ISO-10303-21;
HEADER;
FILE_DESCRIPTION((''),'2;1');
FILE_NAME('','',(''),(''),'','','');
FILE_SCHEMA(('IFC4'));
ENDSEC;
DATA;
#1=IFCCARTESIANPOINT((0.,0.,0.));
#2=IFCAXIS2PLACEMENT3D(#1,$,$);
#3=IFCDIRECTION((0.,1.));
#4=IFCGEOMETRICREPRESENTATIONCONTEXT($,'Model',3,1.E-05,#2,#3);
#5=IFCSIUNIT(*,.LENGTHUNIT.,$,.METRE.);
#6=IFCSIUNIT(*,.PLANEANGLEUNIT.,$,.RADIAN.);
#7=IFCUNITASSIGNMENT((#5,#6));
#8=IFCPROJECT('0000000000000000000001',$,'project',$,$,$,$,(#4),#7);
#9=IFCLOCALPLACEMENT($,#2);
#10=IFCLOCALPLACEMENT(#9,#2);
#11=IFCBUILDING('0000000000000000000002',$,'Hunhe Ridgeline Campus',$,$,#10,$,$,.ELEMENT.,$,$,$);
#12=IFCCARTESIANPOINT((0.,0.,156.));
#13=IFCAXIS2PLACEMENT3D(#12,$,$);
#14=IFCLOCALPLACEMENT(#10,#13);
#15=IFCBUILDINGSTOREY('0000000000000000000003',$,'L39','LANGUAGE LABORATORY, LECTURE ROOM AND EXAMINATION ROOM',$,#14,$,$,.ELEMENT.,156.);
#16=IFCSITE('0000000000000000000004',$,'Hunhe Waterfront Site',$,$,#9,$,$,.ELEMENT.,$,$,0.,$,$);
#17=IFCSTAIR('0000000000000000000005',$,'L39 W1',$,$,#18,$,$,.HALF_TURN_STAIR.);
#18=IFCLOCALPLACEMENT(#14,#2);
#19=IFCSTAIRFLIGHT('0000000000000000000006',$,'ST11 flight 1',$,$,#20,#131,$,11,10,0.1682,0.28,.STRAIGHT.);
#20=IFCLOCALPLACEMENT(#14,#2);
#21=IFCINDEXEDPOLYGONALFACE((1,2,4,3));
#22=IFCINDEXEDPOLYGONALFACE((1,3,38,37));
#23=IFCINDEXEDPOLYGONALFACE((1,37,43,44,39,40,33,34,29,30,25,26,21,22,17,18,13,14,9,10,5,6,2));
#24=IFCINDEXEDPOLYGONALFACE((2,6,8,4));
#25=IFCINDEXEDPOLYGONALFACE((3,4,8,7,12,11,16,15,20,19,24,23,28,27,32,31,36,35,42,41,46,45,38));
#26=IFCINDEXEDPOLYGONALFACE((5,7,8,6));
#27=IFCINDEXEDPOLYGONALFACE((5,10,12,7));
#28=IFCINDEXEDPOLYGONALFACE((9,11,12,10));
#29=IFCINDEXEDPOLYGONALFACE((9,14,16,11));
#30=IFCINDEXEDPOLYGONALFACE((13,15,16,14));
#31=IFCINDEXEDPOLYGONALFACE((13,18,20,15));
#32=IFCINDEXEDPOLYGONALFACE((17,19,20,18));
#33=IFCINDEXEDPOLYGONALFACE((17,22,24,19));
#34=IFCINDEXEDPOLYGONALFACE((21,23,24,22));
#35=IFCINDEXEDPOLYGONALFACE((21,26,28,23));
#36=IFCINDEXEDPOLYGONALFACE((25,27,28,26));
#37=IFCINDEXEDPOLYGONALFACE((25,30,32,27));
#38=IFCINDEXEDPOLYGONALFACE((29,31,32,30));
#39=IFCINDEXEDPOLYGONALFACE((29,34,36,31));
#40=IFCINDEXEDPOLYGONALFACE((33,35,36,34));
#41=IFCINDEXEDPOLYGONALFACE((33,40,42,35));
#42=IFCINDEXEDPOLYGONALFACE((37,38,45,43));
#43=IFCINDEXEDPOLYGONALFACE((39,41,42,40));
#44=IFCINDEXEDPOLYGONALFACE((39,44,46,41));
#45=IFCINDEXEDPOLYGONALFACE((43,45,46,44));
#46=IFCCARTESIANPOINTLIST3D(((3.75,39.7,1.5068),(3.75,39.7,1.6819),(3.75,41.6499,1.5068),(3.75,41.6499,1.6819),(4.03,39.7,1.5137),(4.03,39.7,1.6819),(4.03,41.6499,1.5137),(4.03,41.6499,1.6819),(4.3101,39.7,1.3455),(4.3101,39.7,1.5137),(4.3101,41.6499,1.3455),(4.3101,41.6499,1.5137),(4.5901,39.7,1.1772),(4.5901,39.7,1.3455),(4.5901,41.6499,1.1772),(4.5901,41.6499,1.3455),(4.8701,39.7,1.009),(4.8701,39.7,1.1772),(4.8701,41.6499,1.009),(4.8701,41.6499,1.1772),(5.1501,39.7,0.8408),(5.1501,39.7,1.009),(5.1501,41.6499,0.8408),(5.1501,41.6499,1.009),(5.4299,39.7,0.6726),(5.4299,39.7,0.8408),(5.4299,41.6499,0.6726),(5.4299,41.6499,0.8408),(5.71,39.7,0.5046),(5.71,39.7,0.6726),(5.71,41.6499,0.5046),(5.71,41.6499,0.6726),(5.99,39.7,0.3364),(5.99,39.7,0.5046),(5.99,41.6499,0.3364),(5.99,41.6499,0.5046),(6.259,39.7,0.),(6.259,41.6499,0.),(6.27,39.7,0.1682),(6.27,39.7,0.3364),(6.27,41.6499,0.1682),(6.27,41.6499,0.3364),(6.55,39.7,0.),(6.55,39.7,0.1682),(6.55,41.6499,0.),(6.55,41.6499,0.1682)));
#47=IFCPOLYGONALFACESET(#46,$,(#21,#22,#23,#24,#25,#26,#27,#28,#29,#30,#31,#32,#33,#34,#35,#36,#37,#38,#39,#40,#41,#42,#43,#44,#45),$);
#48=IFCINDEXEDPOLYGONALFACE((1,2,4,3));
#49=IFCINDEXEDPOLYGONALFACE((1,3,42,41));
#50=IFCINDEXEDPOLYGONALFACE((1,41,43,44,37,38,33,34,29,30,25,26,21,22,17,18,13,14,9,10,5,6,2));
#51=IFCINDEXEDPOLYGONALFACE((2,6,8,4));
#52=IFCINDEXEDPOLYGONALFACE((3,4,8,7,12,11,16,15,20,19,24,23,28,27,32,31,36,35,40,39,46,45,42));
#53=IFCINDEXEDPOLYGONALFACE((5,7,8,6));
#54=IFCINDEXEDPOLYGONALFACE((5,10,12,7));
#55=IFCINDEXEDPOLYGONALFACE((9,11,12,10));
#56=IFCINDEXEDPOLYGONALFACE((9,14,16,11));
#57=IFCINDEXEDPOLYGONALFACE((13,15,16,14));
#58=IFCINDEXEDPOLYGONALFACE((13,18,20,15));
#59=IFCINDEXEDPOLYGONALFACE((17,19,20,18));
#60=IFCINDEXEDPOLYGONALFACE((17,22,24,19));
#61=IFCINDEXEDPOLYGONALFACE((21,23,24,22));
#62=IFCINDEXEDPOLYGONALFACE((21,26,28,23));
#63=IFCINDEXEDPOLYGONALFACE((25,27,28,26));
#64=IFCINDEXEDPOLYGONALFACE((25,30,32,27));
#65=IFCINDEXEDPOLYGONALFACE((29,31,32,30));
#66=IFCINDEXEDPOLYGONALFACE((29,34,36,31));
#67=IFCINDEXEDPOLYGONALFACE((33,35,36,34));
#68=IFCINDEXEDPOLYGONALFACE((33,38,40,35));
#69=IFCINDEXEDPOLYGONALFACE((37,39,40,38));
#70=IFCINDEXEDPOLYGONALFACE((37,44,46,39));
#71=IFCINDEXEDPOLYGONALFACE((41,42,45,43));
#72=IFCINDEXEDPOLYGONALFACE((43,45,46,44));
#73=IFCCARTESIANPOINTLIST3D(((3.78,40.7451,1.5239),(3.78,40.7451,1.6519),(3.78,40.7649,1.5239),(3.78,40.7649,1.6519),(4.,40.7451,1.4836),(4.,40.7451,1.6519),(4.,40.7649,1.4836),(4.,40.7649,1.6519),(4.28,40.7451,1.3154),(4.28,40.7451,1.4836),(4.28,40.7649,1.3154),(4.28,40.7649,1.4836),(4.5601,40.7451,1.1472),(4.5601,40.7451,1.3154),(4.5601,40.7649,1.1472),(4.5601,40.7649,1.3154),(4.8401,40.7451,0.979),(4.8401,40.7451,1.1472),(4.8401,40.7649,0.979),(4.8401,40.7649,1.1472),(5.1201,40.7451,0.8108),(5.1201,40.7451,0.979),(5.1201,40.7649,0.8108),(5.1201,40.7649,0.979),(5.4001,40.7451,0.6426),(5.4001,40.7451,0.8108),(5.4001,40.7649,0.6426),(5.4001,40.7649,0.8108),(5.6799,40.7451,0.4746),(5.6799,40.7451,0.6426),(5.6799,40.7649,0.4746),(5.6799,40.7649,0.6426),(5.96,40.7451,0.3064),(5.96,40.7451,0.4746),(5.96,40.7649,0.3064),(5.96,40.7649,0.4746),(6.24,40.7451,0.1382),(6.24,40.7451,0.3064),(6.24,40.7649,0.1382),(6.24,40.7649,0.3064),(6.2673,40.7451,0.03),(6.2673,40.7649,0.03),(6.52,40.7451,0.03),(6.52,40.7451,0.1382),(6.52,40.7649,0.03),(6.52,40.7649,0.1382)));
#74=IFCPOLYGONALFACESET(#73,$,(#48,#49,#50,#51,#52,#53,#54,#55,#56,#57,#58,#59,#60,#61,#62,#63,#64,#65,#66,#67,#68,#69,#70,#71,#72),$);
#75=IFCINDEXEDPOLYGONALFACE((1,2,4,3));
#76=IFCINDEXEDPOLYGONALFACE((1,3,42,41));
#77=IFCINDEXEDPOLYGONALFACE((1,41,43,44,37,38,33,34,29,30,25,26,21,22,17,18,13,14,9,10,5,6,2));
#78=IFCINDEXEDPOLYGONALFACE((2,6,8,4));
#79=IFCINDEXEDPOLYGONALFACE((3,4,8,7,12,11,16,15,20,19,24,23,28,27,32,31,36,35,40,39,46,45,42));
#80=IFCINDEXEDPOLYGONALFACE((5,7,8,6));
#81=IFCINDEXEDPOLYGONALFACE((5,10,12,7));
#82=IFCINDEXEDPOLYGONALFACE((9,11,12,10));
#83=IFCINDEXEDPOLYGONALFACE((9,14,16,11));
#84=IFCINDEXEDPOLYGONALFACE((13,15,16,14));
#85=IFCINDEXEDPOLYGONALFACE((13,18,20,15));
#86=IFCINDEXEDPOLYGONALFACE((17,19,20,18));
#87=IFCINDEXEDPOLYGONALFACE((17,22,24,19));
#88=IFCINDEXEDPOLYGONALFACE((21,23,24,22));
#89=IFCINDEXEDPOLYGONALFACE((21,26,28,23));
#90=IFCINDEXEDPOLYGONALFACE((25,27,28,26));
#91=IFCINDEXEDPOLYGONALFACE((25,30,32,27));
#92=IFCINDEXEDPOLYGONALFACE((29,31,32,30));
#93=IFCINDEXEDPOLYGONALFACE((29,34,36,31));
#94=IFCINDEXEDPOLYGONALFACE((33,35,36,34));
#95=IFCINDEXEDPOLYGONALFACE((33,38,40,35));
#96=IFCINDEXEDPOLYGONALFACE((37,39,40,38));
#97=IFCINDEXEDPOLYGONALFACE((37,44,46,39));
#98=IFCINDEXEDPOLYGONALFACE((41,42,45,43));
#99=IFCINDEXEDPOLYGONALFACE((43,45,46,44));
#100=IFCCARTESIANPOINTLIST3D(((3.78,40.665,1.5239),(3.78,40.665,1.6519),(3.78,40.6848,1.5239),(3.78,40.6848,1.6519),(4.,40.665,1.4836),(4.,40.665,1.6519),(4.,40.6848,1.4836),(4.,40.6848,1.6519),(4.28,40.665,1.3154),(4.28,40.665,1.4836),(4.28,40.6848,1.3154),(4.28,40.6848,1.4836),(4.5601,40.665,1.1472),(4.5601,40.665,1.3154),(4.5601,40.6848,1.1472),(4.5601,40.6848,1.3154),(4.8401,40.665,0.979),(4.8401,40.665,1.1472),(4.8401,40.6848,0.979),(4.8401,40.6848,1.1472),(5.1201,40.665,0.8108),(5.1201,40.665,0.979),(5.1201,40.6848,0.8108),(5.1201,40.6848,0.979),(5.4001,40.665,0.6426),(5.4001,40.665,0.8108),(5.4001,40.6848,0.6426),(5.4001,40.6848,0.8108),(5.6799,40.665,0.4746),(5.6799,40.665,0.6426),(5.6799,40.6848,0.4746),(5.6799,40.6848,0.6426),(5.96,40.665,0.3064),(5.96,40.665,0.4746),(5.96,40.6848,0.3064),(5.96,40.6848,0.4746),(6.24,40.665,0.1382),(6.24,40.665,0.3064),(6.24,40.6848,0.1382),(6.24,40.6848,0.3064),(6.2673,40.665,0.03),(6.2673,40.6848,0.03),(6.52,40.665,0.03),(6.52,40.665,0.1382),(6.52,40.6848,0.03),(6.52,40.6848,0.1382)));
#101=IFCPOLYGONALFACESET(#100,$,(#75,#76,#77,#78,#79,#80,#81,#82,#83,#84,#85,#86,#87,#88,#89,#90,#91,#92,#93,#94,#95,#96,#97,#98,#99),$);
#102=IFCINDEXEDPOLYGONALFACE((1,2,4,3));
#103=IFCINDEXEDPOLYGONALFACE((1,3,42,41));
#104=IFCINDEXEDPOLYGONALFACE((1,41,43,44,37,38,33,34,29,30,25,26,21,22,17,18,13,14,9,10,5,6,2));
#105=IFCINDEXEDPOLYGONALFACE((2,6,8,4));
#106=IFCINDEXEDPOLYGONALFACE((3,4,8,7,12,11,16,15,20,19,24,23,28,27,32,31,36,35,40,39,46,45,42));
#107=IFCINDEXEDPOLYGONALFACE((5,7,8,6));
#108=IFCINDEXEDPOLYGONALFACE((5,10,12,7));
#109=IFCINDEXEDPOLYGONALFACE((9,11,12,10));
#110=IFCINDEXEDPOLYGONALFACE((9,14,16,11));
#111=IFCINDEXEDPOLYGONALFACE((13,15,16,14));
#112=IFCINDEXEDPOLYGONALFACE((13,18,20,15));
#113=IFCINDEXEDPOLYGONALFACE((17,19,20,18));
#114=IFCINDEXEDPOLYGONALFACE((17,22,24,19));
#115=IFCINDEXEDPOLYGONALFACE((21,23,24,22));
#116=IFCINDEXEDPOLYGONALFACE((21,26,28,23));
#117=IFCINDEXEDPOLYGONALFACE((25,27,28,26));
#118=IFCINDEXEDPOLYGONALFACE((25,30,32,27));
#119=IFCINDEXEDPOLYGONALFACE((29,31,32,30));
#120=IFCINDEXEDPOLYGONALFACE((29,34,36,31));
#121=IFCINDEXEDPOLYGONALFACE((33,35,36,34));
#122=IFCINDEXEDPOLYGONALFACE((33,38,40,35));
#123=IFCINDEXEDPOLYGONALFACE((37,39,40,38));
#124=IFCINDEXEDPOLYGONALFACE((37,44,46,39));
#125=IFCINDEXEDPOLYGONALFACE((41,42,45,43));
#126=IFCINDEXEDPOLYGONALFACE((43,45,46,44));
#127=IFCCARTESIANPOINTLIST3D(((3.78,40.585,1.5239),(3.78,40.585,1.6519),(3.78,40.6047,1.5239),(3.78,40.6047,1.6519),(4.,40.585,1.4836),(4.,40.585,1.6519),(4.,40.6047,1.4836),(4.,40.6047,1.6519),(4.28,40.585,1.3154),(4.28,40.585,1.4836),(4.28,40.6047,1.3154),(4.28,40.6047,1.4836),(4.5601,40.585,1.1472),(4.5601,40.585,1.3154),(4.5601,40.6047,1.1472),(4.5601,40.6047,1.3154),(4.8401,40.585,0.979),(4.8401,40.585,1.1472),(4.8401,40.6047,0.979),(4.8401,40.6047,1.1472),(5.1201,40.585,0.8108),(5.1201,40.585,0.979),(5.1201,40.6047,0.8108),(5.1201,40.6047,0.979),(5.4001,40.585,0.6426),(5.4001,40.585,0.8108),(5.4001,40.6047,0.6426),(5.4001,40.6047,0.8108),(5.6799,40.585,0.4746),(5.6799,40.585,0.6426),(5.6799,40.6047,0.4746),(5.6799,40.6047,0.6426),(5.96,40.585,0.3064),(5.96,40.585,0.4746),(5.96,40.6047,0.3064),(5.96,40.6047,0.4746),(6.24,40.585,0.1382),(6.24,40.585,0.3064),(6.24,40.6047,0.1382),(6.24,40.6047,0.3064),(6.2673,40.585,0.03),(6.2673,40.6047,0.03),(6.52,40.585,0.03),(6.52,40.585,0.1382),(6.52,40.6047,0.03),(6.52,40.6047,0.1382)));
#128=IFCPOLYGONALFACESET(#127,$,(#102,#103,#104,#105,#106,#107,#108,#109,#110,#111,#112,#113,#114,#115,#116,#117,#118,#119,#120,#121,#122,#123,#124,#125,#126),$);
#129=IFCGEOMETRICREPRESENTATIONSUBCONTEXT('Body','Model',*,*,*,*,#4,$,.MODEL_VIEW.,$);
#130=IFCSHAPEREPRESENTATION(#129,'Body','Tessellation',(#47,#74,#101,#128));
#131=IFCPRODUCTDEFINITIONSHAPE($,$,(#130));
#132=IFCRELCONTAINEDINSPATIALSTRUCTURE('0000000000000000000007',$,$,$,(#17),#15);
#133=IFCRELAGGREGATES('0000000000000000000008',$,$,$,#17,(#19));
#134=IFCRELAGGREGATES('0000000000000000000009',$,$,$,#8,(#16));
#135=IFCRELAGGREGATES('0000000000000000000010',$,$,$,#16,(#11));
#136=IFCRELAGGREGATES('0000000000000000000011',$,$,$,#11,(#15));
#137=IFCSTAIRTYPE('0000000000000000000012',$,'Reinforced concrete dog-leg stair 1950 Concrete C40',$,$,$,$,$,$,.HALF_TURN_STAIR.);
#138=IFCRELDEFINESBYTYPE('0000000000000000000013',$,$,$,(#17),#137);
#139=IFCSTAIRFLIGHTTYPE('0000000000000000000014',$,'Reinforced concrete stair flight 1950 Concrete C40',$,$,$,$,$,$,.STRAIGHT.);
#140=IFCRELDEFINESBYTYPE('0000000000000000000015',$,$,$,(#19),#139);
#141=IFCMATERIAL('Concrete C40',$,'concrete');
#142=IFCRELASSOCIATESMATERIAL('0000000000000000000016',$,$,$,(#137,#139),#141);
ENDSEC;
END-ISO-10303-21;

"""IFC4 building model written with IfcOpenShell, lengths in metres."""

from ifc_helpers import new_model, si_unit, direction, frame, origin, place, context, subcontext, project, spatial, polyline, outline, extrude, material, type_object, element, aggregate, save


model = new_model("IFC4")

# Units and contexts
model_context = context("Model", 3, precision=1e-05, world=origin(), true_north=direction((0.0, 1.0)))
body_context = subcontext(model_context, "Body", "Model", "MODEL_VIEW")
ifc_project = project(units=[si_unit("LENGTHUNIT", "METRE"), si_unit("PLANEANGLEUNIT", "RADIAN")], contexts=[model_context])

# Site, building, storey
site_placement = place(None, origin())
site = spatial("IfcSite", under=ifc_project, at=site_placement, Name="Hunhe Waterfront Site", CompositionType="ELEMENT", RefElevation=0.0)
building_placement = place(site_placement, origin())
building = spatial("IfcBuilding", under=site, at=building_placement, Name="Hunhe Ridgeline Campus", CompositionType="ELEMENT")
storey_placement = place(building_placement, frame((0.0, 0.0, 156.0)))
storey = spatial("IfcBuildingStorey", under=building, at=storey_placement, Name="L39", Description="LANGUAGE LABORATORY, LECTURE ROOM AND EXAMINATION ROOM", CompositionType="ELEMENT", Elevation=156.0)

# Stair, stair flight
ifc_material_1 = material(Name="Concrete C40", Category="concrete")
stair_type = type_object("IfcStairType", Name="Reinforced concrete dog-leg stair 1950 Concrete C40", PredefinedType="HALF_TURN_STAIR", material=ifc_material_1)
stair_placement = place(storey_placement, origin())
stair = element("IfcStair", 1, at=stair_placement, inside=storey, type_object=stair_type, Name="L39 W1", PredefinedType="HALF_TURN_STAIR")
stair_flight_type = type_object("IfcStairFlightType", Name="Reinforced concrete stair flight 1950 Concrete C40", PredefinedType="STRAIGHT", material=ifc_material_1)
stair_flight_1_placement = place(storey_placement, frame((6.55, 40.675, 0.0), z_axis=(0.0, 0.0, 1.0), x_axis=(-1.0, 0.0, 0.0)))
stair_flight_1 = element("IfcStairFlight", 2, at=stair_flight_1_placement, type_object=stair_flight_type, Name="ST11 flight 1", NumberOfRisers=11, NumberOfTreads=10, PredefinedType="STRAIGHT", RiserHeight=0.1682, TreadLength=0.28, context=body_context, shape_type="SweptSolid", body=[
    extrude(outline(polyline([(0.0, 0.0), (0.0, 0.1682), (0.28, 0.1682), (0.28, 0.3364), (0.5601, 0.3364), (0.5601, 0.5046), (0.8401, 0.5046), (0.8401, 0.6726), (1.1201, 0.6726), (1.1201, 0.8408), (1.3999, 0.8408), (1.3999, 1.009), (1.6799, 1.009), (1.6799, 1.1772), (1.96, 1.1772), (1.96, 1.3455), (2.24, 1.3455), (2.24, 1.5137), (2.52, 1.5137), (2.52, 1.6819), (2.8, 1.6819), (2.8, 1.8501), (2.8, 1.5068), (0.291, 0.0), (0.0, 0.0)])), frame((0.0, 0.9751, 0.0), z_axis=(0.0, -1.0, 0.0), x_axis=(1.0, 0.0, 0.0)), (0.0, 0.0, 1.0), 1.95),
    extrude(outline(polyline([(0.03, 0.03), (0.03, 0.1382), (0.3101, 0.1382), (0.3101, 0.3064), (0.5901, 0.3064), (0.5901, 0.4746), (0.8701, 0.4746), (0.8701, 0.6426), (1.1499, 0.6426), (1.1499, 0.8108), (1.4299, 0.8108), (1.4299, 0.979), (1.71, 0.979), (1.71, 1.1472), (1.99, 1.1472), (1.99, 1.3154), (2.27, 1.3154), (2.27, 1.4836), (2.55, 1.4836), (2.55, 1.6519), (2.77, 1.6519), (2.77, 1.5239), (0.2827, 0.03), (0.03, 0.03)])), frame((0.0, -0.0701, 0.0), z_axis=(0.0, -1.0, 0.0), x_axis=(1.0, 0.0, 0.0)), (0.0, 0.0, 1.0), 0.0198),
    extrude(outline(polyline([(0.03, 0.03), (0.03, 0.1382), (0.3101, 0.1382), (0.3101, 0.3064), (0.5901, 0.3064), (0.5901, 0.4746), (0.8701, 0.4746), (0.8701, 0.6426), (1.1499, 0.6426), (1.1499, 0.8108), (1.4299, 0.8108), (1.4299, 0.979), (1.71, 0.979), (1.71, 1.1472), (1.99, 1.1472), (1.99, 1.3154), (2.27, 1.3154), (2.27, 1.4836), (2.55, 1.4836), (2.55, 1.6519), (2.77, 1.6519), (2.77, 1.5239), (0.2827, 0.03), (0.03, 0.03)])), frame((0.0, 0.01, 0.0), z_axis=(0.0, -1.0, 0.0), x_axis=(1.0, 0.0, 0.0)), (0.0, 0.0, 1.0), 0.0198),
    extrude(outline(polyline([(0.03, 0.03), (0.03, 0.1382), (0.3101, 0.1382), (0.3101, 0.3064), (0.5901, 0.3064), (0.5901, 0.4746), (0.8701, 0.4746), (0.8701, 0.6426), (1.1499, 0.6426), (1.1499, 0.8108), (1.4299, 0.8108), (1.4299, 0.979), (1.71, 0.979), (1.71, 1.1472), (1.99, 1.1472), (1.99, 1.3154), (2.27, 1.3154), (2.27, 1.4836), (2.55, 1.4836), (2.55, 1.6519), (2.77, 1.6519), (2.77, 1.5239), (0.2827, 0.03), (0.03, 0.03)])), frame((0.0, 0.0901, 0.0), z_axis=(0.0, -1.0, 0.0), x_axis=(1.0, 0.0, 0.0)), (0.0, 0.0, 1.0), 0.0198),
])
aggregate(stair, [stair_flight_1])

save(model, "model.ifc")
